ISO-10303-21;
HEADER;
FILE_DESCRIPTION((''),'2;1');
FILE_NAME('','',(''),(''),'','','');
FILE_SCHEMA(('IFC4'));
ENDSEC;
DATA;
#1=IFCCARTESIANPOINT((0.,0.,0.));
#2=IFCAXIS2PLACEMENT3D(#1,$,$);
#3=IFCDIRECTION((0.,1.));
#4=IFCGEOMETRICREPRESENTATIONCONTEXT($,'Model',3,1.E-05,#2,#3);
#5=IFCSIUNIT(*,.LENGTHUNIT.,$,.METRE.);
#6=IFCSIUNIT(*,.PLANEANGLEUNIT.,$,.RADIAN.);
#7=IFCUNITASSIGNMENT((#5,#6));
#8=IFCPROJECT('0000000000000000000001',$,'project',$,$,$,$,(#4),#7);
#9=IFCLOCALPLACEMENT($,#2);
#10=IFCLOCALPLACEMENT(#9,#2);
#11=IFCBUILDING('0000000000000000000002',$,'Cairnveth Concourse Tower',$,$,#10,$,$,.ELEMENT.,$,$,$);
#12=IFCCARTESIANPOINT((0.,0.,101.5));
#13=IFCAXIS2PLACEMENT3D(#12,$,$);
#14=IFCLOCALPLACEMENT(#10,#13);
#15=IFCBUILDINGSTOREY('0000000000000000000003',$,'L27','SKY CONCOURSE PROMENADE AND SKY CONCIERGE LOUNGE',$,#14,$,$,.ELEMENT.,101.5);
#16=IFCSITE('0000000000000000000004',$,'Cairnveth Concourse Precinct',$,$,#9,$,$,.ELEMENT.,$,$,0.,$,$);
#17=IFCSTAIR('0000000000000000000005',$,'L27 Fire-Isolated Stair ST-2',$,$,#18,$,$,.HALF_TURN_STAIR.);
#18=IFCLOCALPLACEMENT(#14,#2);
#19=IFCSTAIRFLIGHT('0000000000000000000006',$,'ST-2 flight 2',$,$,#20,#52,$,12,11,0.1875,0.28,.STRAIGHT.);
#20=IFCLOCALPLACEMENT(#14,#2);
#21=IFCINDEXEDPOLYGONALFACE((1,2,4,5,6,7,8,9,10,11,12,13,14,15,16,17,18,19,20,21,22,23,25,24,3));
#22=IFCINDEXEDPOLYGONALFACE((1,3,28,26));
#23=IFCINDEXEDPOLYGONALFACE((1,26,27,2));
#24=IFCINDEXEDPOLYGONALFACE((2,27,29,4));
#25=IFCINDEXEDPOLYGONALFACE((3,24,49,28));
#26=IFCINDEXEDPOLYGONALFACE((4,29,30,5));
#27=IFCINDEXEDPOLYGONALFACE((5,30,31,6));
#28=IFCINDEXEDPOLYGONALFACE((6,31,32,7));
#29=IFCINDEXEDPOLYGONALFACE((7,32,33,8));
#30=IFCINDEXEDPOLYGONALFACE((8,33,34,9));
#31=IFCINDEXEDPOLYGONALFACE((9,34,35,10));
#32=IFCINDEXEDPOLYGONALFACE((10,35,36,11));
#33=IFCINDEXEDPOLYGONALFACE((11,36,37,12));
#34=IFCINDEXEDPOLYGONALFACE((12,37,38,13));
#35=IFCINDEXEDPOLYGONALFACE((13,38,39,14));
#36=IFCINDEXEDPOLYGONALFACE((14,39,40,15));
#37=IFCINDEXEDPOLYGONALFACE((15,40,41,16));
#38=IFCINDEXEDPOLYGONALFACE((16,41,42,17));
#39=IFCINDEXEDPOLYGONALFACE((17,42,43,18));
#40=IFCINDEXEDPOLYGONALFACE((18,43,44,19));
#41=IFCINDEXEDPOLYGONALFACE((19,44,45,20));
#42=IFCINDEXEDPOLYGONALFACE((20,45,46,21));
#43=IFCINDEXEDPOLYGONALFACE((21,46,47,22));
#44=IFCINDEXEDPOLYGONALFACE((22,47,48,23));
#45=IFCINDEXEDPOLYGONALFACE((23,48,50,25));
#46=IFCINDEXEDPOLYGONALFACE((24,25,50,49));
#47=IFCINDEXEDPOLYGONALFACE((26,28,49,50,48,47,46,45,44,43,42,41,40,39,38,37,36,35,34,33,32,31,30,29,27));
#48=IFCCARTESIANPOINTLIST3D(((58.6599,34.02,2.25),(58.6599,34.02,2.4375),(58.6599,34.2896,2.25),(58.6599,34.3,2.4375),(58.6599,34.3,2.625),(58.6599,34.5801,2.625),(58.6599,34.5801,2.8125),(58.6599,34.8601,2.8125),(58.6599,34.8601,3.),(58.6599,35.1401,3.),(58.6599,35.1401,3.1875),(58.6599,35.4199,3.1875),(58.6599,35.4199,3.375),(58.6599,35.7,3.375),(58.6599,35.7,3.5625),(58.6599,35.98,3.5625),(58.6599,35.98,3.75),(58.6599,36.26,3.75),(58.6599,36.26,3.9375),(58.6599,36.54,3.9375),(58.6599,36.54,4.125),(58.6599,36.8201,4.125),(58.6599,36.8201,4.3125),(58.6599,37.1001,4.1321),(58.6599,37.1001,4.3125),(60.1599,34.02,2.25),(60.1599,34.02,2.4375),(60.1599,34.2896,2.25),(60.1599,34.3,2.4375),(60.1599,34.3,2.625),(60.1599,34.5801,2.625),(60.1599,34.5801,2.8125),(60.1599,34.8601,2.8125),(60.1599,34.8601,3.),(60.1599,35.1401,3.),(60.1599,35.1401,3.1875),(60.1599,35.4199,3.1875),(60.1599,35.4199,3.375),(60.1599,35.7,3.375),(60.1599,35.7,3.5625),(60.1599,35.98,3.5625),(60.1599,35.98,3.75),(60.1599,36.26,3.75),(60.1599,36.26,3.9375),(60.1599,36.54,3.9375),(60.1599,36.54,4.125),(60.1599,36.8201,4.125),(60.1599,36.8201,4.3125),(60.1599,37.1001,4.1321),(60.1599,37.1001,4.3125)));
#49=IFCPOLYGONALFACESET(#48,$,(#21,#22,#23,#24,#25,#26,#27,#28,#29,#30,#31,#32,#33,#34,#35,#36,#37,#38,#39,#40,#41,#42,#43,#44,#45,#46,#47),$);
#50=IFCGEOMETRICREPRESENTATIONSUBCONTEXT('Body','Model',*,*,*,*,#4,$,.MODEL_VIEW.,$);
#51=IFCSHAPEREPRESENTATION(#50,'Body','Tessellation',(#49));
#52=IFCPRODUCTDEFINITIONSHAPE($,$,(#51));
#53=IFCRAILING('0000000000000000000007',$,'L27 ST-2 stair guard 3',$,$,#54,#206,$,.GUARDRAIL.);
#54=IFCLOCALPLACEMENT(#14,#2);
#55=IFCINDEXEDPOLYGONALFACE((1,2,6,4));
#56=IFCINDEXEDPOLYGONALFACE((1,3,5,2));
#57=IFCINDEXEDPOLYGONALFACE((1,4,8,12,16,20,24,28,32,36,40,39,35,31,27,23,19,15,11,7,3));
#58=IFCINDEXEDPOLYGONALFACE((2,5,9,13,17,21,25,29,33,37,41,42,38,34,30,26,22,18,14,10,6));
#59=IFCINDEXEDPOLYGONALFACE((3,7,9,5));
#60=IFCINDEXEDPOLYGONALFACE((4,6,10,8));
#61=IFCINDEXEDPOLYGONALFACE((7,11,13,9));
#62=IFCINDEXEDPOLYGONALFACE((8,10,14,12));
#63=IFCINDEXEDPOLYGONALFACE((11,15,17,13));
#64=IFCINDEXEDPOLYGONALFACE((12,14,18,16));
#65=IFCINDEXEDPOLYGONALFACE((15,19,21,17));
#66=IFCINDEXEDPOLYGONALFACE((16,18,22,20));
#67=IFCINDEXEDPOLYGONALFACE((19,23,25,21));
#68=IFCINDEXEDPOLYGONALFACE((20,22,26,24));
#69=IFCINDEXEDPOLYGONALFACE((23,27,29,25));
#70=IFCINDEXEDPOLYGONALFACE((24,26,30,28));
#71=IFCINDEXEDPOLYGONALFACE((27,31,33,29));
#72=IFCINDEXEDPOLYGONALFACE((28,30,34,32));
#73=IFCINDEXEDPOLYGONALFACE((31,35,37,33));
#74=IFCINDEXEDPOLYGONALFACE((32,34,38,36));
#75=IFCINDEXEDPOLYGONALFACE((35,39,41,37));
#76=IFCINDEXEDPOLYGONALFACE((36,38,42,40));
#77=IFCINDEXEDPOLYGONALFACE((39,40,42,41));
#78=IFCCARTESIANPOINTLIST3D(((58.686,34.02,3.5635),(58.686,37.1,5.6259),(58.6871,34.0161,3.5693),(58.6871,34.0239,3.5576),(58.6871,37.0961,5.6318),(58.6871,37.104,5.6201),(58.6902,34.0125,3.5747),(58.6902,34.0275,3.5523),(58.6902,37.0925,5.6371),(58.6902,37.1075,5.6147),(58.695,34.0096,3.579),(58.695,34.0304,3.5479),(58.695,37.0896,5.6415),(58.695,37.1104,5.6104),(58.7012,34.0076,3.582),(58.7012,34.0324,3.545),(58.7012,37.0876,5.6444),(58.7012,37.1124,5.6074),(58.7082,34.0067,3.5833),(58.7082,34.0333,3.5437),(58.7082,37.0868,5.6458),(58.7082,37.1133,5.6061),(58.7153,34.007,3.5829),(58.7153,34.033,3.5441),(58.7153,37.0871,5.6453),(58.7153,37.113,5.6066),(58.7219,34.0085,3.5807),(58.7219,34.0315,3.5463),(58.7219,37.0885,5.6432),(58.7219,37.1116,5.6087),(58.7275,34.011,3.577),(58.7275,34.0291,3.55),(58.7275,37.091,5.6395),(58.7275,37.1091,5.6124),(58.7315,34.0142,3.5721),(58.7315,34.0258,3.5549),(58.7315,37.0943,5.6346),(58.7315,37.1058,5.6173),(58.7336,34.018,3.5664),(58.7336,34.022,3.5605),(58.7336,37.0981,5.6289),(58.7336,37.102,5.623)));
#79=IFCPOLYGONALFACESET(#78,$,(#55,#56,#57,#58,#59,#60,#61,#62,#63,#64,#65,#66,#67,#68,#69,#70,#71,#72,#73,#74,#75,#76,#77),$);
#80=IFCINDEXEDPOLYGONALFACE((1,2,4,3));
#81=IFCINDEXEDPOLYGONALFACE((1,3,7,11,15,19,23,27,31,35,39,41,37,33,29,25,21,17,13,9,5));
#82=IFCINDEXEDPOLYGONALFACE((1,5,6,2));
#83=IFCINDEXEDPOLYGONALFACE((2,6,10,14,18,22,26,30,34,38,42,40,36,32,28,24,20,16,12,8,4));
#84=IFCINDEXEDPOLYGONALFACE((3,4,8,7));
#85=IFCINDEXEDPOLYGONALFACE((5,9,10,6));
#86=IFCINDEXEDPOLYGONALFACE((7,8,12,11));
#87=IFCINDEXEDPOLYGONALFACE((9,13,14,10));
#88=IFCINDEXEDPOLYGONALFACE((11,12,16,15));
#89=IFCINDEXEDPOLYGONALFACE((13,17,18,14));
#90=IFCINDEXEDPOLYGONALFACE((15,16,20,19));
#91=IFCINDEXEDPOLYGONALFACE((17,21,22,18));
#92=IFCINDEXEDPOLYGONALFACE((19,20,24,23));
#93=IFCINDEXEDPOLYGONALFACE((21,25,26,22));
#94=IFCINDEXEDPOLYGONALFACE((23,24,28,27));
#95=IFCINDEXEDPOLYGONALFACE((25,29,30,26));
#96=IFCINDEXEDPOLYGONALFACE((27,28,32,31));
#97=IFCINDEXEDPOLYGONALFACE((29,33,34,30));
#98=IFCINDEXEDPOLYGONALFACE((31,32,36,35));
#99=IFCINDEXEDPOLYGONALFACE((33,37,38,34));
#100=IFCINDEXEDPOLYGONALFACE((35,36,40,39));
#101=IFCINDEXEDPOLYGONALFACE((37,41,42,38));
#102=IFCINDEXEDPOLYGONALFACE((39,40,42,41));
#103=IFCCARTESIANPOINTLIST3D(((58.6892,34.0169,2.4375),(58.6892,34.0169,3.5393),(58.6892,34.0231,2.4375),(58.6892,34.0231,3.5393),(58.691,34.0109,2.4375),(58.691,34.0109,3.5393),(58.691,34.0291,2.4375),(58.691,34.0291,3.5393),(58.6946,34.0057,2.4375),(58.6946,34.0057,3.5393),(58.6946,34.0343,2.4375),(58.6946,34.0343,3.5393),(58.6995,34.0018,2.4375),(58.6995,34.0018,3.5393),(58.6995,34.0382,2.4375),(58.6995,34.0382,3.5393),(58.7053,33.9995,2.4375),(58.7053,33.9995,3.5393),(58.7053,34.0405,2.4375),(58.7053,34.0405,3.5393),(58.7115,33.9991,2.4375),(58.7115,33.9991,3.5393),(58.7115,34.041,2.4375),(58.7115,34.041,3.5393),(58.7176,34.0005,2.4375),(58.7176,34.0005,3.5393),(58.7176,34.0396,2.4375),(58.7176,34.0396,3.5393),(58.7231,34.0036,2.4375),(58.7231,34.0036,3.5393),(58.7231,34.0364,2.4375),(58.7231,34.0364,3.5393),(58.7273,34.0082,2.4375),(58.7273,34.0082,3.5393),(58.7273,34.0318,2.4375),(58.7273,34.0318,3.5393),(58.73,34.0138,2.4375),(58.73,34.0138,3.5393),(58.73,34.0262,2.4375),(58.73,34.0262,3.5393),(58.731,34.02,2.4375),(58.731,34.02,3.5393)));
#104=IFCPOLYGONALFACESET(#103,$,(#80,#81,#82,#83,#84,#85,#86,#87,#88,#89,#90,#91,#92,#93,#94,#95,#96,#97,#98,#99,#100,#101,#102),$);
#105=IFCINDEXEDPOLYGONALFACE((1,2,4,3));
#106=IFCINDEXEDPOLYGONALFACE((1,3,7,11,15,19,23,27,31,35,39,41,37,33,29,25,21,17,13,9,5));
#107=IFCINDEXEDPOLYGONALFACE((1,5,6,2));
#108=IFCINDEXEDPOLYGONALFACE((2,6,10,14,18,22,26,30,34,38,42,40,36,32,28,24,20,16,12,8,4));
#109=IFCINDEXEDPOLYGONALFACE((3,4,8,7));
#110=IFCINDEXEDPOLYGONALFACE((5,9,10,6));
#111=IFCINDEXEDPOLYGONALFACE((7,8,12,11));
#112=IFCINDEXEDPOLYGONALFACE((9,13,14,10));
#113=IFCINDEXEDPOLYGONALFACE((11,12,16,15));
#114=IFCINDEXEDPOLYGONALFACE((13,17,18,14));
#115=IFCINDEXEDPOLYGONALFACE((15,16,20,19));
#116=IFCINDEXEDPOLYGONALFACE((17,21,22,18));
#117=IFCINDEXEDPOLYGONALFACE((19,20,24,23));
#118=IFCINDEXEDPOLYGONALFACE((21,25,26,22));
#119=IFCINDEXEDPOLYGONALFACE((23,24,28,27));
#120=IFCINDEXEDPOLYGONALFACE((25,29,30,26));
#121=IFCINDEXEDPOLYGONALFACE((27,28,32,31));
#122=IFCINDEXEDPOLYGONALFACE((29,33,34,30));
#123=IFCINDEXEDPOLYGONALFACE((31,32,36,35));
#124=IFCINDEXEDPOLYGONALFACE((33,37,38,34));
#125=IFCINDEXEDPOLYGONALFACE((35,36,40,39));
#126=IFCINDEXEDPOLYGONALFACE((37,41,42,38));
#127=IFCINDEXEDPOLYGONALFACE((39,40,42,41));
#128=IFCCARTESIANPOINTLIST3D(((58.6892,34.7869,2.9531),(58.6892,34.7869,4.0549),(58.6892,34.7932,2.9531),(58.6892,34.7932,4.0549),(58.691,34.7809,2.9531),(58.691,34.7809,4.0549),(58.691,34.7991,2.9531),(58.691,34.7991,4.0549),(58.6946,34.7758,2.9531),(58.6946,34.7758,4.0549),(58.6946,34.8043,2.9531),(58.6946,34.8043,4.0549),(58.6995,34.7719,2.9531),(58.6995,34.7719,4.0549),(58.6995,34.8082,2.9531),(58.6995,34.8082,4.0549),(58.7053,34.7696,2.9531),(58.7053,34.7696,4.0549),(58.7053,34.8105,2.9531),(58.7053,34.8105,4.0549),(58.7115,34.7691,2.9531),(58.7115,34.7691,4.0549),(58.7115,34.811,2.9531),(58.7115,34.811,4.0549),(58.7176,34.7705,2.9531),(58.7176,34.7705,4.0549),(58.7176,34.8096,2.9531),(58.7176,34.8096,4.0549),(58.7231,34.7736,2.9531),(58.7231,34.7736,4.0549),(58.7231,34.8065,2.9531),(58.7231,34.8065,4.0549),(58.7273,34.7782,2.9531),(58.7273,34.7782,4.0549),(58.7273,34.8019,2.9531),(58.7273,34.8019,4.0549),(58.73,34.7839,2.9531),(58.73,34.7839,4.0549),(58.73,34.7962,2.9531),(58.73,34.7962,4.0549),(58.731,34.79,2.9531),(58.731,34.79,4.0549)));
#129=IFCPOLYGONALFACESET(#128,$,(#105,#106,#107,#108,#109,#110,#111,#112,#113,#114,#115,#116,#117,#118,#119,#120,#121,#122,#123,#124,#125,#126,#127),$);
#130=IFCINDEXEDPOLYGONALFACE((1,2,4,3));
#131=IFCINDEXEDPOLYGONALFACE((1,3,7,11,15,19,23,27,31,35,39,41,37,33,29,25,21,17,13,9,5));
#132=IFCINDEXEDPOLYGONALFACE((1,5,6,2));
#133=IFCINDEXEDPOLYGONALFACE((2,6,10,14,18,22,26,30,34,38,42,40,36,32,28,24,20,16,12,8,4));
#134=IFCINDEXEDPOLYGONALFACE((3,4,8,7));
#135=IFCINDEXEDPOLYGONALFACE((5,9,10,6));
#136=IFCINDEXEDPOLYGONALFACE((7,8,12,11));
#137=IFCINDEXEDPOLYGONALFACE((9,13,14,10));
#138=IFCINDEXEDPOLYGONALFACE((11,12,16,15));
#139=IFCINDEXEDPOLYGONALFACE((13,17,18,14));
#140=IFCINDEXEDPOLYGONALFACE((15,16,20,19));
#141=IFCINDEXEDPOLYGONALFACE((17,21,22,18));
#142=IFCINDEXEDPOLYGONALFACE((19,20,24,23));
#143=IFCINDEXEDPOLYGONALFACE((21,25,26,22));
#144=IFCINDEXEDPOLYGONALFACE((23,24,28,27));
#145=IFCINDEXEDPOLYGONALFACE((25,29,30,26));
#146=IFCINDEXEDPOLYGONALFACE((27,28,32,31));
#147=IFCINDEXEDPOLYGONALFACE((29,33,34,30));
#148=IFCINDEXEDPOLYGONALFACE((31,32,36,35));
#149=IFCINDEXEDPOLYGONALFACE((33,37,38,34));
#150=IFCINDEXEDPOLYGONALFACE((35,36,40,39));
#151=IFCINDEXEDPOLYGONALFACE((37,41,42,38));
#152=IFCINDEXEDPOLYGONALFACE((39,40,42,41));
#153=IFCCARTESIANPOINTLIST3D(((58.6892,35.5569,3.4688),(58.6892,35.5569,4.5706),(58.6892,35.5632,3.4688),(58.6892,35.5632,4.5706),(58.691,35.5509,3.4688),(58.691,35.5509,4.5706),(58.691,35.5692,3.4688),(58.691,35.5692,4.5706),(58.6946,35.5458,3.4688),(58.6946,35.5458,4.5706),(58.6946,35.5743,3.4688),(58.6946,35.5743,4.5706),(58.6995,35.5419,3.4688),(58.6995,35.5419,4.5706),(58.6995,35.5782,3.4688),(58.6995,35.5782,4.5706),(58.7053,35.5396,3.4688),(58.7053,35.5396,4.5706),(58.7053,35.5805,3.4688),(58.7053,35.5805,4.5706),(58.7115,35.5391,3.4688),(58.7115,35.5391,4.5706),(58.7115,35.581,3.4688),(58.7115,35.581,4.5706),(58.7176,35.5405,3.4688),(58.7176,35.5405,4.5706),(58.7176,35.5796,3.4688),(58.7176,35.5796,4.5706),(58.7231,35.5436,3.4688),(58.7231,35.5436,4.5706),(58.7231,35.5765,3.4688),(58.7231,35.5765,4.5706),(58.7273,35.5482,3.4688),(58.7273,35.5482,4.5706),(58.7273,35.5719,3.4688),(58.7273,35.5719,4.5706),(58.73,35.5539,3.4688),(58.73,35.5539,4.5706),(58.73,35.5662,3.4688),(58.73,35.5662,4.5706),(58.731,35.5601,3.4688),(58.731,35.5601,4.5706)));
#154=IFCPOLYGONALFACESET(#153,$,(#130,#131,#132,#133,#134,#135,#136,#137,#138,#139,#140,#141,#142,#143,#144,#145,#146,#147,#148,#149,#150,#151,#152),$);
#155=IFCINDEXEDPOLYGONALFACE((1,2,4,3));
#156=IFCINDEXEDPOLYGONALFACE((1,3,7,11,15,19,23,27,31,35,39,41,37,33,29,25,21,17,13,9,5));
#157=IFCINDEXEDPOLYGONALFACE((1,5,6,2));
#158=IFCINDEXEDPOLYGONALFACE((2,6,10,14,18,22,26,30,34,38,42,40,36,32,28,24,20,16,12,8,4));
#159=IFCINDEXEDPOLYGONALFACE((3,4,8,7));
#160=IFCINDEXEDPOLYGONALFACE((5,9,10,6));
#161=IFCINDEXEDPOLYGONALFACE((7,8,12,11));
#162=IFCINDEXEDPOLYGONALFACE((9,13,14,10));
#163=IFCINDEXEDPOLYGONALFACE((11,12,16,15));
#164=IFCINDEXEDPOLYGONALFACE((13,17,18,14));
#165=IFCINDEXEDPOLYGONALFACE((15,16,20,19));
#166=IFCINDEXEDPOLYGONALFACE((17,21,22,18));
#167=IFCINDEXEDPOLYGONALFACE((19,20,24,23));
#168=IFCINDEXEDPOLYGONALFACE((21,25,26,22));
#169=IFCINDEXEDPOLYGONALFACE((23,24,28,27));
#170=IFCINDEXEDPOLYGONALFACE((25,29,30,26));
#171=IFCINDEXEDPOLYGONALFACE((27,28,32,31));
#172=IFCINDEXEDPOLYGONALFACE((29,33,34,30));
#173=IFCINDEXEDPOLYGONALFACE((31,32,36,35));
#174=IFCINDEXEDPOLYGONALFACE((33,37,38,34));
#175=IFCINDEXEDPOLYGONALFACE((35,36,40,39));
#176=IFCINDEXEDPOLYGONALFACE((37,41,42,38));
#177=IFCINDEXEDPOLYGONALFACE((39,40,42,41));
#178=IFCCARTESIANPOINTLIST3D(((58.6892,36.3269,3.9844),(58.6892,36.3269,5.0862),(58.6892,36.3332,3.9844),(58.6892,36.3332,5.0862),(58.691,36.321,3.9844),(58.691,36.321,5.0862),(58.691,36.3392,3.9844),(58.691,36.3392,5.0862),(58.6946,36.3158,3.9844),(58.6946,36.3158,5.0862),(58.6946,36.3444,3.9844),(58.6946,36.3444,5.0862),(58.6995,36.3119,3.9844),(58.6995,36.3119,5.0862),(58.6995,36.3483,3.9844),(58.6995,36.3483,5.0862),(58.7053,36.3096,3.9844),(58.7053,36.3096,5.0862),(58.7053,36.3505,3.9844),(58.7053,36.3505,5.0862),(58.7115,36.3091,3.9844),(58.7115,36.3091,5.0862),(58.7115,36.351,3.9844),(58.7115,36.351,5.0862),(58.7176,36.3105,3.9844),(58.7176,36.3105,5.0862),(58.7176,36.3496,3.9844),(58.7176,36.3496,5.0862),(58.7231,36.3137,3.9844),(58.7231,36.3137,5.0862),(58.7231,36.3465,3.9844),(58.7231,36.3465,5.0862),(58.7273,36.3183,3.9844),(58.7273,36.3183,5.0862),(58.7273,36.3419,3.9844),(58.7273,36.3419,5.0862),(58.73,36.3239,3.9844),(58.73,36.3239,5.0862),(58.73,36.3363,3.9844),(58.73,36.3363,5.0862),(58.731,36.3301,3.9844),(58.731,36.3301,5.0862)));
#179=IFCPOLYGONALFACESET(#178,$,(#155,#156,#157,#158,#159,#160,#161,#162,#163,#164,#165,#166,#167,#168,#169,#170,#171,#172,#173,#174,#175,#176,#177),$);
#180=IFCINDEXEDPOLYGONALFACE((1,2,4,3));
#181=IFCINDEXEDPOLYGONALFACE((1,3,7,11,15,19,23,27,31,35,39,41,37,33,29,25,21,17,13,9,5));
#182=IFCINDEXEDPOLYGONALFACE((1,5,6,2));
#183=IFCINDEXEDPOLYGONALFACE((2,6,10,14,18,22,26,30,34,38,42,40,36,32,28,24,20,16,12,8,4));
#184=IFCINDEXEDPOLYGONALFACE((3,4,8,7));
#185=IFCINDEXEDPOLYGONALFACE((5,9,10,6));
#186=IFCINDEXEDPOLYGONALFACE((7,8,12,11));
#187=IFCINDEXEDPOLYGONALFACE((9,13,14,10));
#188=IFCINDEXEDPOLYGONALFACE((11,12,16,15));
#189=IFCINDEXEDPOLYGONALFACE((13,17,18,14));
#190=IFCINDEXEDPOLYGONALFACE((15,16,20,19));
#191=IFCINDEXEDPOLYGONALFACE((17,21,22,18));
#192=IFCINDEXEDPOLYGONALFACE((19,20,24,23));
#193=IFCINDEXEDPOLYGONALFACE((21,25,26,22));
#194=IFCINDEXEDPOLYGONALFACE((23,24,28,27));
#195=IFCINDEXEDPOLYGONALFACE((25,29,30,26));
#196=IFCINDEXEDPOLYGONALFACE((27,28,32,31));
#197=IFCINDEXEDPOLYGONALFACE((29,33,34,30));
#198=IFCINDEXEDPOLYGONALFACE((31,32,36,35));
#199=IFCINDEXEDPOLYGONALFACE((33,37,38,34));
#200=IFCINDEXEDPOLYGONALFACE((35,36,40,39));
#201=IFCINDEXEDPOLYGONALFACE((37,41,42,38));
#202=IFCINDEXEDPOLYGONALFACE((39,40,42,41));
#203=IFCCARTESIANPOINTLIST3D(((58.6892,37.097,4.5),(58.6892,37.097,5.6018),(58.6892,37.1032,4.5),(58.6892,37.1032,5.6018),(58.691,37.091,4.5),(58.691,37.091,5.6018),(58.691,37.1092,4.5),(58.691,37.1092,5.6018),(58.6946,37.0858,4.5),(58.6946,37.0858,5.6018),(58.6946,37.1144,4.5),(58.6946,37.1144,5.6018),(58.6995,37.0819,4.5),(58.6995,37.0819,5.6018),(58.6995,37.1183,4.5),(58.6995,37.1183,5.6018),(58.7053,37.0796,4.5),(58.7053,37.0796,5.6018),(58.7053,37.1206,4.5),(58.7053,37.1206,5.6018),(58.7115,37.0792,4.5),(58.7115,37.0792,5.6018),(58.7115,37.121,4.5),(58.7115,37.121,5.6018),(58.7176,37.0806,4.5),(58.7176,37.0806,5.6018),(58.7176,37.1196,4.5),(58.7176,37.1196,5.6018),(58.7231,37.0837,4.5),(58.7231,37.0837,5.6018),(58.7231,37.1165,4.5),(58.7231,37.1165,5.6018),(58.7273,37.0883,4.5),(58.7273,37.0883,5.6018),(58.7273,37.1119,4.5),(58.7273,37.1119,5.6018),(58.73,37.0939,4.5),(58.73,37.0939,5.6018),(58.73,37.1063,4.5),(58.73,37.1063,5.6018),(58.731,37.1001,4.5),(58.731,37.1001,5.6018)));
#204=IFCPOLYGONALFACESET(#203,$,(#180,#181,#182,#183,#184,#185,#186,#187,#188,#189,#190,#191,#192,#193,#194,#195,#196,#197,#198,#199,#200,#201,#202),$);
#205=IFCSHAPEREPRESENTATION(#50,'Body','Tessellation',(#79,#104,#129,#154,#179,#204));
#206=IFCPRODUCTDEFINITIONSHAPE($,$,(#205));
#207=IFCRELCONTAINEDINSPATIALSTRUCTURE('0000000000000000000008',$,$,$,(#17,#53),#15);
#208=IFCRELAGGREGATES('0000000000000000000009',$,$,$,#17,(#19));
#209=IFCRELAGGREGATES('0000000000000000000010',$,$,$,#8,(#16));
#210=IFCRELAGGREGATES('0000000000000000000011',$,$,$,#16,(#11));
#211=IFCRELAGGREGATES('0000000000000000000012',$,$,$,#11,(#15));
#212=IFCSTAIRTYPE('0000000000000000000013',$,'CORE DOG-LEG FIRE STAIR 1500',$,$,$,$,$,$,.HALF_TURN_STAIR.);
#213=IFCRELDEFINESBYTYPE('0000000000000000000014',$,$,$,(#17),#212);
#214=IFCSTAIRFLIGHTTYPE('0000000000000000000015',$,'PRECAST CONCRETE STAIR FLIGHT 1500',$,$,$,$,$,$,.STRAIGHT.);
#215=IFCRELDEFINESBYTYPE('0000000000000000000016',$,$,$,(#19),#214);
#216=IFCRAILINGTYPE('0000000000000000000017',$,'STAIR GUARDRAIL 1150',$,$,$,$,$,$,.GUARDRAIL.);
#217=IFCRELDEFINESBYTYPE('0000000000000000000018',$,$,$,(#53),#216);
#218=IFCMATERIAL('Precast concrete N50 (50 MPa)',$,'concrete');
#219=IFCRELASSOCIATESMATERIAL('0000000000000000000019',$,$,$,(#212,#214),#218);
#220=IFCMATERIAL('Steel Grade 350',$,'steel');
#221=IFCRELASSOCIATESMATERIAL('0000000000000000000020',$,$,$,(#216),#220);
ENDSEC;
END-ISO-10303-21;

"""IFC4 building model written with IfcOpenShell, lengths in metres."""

from ifc_helpers import new_model, si_unit, direction, frame, origin, origin_2d, place, context, subcontext, project, spatial, polyline, circle, outline, extrude, material, type_object, element, aggregate, save


model = new_model("IFC4")

# Units and contexts
model_context = context("Model", 3, precision=1e-05, world=origin(), true_north=direction((0.0, 1.0)))
body_context = subcontext(model_context, "Body", "Model", "MODEL_VIEW")
ifc_project = project(units=[si_unit("LENGTHUNIT", "METRE"), si_unit("PLANEANGLEUNIT", "RADIAN")], contexts=[model_context])

# Site, building, storey
site_placement = place(None, origin())
site = spatial("IfcSite", under=ifc_project, at=site_placement, Name="Cairnveth Concourse Precinct", CompositionType="ELEMENT", RefElevation=0.0)
building_placement = place(site_placement, origin())
building = spatial("IfcBuilding", under=site, at=building_placement, Name="Cairnveth Concourse Tower", CompositionType="ELEMENT")
storey_placement = place(building_placement, frame((0.0, 0.0, 101.5)))
storey = spatial("IfcBuildingStorey", under=building, at=storey_placement, Name="L27", Description="SKY CONCOURSE PROMENADE AND SKY CONCIERGE LOUNGE", CompositionType="ELEMENT", Elevation=101.5)

# Shared definitions
ifc_material_1 = material(Name="Steel Grade 350", Category="steel")

# Stair, stair flight
ifc_material_2 = material(Name="Precast concrete N50 (50 MPa)", Category="concrete")
stair_type = type_object("IfcStairType", Name="CORE DOG-LEG FIRE STAIR 1500", PredefinedType="HALF_TURN_STAIR", material=ifc_material_2)
stair_placement = place(storey_placement, origin())
stair = element("IfcStair", 1, at=stair_placement, inside=storey, type_object=stair_type, Name="L27 Fire-Isolated Stair ST-2", PredefinedType="HALF_TURN_STAIR")
stair_flight_type = type_object("IfcStairFlightType", Name="PRECAST CONCRETE STAIR FLIGHT 1500", PredefinedType="STRAIGHT", material=ifc_material_2)
stair_flight_placement = place(storey_placement, frame((59.4099, 34.02, 2.25), z_axis=(0.0, 0.0, 1.0), x_axis=(0.0, 1.0, 0.0)))
stair_flight = element("IfcStairFlight", 2, at=stair_flight_placement, type_object=stair_flight_type, Name="ST-2 flight 2", NumberOfRisers=12, NumberOfTreads=11, PredefinedType="STRAIGHT", RiserHeight=0.1875, TreadLength=0.28, context=body_context, shape_type="SweptSolid", body=[
    extrude(outline(polyline([(0.0, 0.0), (0.0, 0.1875), (0.28, 0.1875), (0.28, 0.375), (0.5601, 0.375), (0.5601, 0.5625), (0.8401, 0.5625), (0.8401, 0.75), (1.1201, 0.75), (1.1201, 0.9375), (1.3999, 0.9375), (1.3999, 1.125), (1.6799, 1.125), (1.6799, 1.3125), (1.96, 1.3125), (1.96, 1.5), (2.24, 1.5), (2.24, 1.6875), (2.52, 1.6875), (2.52, 1.875), (2.8, 1.875), (2.8, 2.0625), (3.0801, 2.0625), (3.0801, 2.25), (3.0801, 1.8821), (0.2695, 0.0), (0.0, 0.0)])), frame((0.0, 0.75, 0.0), z_axis=(0.0, -1.0, 0.0), x_axis=(1.0, 0.0, 0.0)), (0.0, 0.0, 1.0), 1.5),
])
aggregate(stair, [stair_flight])

# Railing
railing_type_1 = type_object("IfcRailingType", Name="STAIR GUARDRAIL 1150", PredefinedType="GUARDRAIL", material=ifc_material_1)
railing_1_placement = place(storey_placement, frame((58.71, 34.02, 2.4375)))
element("IfcRailing", 3, at=railing_1_placement, inside=storey, type_object=railing_type_1, Name="L27 ST-2 stair guard 3", PredefinedType="GUARDRAIL", context=body_context, shape_type="SweptSolid", body=[
    extrude(circle(Radius=0.0239, at=origin_2d()), frame((0.0, 0.0, 1.126), z_axis=(0.0, 0.830914, 0.556401), x_axis=(-1.0, 0.0, 0.0)), (0.0, 0.0, 1.0), 3.7068),
    extrude(circle(Radius=0.021, at=origin_2d()), origin(), (0.0, 0.0, 1.0), 1.1018),
    extrude(circle(Radius=0.021, at=origin_2d()), frame((0.0, 0.77, 0.5156)), (0.0, 0.0, 1.0), 1.1018),
    extrude(circle(Radius=0.021, at=origin_2d()), frame((0.0, 1.54, 1.0312)), (0.0, 0.0, 1.0), 1.1018),
    extrude(circle(Radius=0.021, at=origin_2d()), frame((0.0, 2.3101, 1.5469)), (0.0, 0.0, 1.0), 1.1018),
    extrude(circle(Radius=0.021, at=origin_2d()), frame((0.0, 3.0801, 2.0625)), (0.0, 0.0, 1.0), 1.1018),
])

save(model, "model.ifc")
